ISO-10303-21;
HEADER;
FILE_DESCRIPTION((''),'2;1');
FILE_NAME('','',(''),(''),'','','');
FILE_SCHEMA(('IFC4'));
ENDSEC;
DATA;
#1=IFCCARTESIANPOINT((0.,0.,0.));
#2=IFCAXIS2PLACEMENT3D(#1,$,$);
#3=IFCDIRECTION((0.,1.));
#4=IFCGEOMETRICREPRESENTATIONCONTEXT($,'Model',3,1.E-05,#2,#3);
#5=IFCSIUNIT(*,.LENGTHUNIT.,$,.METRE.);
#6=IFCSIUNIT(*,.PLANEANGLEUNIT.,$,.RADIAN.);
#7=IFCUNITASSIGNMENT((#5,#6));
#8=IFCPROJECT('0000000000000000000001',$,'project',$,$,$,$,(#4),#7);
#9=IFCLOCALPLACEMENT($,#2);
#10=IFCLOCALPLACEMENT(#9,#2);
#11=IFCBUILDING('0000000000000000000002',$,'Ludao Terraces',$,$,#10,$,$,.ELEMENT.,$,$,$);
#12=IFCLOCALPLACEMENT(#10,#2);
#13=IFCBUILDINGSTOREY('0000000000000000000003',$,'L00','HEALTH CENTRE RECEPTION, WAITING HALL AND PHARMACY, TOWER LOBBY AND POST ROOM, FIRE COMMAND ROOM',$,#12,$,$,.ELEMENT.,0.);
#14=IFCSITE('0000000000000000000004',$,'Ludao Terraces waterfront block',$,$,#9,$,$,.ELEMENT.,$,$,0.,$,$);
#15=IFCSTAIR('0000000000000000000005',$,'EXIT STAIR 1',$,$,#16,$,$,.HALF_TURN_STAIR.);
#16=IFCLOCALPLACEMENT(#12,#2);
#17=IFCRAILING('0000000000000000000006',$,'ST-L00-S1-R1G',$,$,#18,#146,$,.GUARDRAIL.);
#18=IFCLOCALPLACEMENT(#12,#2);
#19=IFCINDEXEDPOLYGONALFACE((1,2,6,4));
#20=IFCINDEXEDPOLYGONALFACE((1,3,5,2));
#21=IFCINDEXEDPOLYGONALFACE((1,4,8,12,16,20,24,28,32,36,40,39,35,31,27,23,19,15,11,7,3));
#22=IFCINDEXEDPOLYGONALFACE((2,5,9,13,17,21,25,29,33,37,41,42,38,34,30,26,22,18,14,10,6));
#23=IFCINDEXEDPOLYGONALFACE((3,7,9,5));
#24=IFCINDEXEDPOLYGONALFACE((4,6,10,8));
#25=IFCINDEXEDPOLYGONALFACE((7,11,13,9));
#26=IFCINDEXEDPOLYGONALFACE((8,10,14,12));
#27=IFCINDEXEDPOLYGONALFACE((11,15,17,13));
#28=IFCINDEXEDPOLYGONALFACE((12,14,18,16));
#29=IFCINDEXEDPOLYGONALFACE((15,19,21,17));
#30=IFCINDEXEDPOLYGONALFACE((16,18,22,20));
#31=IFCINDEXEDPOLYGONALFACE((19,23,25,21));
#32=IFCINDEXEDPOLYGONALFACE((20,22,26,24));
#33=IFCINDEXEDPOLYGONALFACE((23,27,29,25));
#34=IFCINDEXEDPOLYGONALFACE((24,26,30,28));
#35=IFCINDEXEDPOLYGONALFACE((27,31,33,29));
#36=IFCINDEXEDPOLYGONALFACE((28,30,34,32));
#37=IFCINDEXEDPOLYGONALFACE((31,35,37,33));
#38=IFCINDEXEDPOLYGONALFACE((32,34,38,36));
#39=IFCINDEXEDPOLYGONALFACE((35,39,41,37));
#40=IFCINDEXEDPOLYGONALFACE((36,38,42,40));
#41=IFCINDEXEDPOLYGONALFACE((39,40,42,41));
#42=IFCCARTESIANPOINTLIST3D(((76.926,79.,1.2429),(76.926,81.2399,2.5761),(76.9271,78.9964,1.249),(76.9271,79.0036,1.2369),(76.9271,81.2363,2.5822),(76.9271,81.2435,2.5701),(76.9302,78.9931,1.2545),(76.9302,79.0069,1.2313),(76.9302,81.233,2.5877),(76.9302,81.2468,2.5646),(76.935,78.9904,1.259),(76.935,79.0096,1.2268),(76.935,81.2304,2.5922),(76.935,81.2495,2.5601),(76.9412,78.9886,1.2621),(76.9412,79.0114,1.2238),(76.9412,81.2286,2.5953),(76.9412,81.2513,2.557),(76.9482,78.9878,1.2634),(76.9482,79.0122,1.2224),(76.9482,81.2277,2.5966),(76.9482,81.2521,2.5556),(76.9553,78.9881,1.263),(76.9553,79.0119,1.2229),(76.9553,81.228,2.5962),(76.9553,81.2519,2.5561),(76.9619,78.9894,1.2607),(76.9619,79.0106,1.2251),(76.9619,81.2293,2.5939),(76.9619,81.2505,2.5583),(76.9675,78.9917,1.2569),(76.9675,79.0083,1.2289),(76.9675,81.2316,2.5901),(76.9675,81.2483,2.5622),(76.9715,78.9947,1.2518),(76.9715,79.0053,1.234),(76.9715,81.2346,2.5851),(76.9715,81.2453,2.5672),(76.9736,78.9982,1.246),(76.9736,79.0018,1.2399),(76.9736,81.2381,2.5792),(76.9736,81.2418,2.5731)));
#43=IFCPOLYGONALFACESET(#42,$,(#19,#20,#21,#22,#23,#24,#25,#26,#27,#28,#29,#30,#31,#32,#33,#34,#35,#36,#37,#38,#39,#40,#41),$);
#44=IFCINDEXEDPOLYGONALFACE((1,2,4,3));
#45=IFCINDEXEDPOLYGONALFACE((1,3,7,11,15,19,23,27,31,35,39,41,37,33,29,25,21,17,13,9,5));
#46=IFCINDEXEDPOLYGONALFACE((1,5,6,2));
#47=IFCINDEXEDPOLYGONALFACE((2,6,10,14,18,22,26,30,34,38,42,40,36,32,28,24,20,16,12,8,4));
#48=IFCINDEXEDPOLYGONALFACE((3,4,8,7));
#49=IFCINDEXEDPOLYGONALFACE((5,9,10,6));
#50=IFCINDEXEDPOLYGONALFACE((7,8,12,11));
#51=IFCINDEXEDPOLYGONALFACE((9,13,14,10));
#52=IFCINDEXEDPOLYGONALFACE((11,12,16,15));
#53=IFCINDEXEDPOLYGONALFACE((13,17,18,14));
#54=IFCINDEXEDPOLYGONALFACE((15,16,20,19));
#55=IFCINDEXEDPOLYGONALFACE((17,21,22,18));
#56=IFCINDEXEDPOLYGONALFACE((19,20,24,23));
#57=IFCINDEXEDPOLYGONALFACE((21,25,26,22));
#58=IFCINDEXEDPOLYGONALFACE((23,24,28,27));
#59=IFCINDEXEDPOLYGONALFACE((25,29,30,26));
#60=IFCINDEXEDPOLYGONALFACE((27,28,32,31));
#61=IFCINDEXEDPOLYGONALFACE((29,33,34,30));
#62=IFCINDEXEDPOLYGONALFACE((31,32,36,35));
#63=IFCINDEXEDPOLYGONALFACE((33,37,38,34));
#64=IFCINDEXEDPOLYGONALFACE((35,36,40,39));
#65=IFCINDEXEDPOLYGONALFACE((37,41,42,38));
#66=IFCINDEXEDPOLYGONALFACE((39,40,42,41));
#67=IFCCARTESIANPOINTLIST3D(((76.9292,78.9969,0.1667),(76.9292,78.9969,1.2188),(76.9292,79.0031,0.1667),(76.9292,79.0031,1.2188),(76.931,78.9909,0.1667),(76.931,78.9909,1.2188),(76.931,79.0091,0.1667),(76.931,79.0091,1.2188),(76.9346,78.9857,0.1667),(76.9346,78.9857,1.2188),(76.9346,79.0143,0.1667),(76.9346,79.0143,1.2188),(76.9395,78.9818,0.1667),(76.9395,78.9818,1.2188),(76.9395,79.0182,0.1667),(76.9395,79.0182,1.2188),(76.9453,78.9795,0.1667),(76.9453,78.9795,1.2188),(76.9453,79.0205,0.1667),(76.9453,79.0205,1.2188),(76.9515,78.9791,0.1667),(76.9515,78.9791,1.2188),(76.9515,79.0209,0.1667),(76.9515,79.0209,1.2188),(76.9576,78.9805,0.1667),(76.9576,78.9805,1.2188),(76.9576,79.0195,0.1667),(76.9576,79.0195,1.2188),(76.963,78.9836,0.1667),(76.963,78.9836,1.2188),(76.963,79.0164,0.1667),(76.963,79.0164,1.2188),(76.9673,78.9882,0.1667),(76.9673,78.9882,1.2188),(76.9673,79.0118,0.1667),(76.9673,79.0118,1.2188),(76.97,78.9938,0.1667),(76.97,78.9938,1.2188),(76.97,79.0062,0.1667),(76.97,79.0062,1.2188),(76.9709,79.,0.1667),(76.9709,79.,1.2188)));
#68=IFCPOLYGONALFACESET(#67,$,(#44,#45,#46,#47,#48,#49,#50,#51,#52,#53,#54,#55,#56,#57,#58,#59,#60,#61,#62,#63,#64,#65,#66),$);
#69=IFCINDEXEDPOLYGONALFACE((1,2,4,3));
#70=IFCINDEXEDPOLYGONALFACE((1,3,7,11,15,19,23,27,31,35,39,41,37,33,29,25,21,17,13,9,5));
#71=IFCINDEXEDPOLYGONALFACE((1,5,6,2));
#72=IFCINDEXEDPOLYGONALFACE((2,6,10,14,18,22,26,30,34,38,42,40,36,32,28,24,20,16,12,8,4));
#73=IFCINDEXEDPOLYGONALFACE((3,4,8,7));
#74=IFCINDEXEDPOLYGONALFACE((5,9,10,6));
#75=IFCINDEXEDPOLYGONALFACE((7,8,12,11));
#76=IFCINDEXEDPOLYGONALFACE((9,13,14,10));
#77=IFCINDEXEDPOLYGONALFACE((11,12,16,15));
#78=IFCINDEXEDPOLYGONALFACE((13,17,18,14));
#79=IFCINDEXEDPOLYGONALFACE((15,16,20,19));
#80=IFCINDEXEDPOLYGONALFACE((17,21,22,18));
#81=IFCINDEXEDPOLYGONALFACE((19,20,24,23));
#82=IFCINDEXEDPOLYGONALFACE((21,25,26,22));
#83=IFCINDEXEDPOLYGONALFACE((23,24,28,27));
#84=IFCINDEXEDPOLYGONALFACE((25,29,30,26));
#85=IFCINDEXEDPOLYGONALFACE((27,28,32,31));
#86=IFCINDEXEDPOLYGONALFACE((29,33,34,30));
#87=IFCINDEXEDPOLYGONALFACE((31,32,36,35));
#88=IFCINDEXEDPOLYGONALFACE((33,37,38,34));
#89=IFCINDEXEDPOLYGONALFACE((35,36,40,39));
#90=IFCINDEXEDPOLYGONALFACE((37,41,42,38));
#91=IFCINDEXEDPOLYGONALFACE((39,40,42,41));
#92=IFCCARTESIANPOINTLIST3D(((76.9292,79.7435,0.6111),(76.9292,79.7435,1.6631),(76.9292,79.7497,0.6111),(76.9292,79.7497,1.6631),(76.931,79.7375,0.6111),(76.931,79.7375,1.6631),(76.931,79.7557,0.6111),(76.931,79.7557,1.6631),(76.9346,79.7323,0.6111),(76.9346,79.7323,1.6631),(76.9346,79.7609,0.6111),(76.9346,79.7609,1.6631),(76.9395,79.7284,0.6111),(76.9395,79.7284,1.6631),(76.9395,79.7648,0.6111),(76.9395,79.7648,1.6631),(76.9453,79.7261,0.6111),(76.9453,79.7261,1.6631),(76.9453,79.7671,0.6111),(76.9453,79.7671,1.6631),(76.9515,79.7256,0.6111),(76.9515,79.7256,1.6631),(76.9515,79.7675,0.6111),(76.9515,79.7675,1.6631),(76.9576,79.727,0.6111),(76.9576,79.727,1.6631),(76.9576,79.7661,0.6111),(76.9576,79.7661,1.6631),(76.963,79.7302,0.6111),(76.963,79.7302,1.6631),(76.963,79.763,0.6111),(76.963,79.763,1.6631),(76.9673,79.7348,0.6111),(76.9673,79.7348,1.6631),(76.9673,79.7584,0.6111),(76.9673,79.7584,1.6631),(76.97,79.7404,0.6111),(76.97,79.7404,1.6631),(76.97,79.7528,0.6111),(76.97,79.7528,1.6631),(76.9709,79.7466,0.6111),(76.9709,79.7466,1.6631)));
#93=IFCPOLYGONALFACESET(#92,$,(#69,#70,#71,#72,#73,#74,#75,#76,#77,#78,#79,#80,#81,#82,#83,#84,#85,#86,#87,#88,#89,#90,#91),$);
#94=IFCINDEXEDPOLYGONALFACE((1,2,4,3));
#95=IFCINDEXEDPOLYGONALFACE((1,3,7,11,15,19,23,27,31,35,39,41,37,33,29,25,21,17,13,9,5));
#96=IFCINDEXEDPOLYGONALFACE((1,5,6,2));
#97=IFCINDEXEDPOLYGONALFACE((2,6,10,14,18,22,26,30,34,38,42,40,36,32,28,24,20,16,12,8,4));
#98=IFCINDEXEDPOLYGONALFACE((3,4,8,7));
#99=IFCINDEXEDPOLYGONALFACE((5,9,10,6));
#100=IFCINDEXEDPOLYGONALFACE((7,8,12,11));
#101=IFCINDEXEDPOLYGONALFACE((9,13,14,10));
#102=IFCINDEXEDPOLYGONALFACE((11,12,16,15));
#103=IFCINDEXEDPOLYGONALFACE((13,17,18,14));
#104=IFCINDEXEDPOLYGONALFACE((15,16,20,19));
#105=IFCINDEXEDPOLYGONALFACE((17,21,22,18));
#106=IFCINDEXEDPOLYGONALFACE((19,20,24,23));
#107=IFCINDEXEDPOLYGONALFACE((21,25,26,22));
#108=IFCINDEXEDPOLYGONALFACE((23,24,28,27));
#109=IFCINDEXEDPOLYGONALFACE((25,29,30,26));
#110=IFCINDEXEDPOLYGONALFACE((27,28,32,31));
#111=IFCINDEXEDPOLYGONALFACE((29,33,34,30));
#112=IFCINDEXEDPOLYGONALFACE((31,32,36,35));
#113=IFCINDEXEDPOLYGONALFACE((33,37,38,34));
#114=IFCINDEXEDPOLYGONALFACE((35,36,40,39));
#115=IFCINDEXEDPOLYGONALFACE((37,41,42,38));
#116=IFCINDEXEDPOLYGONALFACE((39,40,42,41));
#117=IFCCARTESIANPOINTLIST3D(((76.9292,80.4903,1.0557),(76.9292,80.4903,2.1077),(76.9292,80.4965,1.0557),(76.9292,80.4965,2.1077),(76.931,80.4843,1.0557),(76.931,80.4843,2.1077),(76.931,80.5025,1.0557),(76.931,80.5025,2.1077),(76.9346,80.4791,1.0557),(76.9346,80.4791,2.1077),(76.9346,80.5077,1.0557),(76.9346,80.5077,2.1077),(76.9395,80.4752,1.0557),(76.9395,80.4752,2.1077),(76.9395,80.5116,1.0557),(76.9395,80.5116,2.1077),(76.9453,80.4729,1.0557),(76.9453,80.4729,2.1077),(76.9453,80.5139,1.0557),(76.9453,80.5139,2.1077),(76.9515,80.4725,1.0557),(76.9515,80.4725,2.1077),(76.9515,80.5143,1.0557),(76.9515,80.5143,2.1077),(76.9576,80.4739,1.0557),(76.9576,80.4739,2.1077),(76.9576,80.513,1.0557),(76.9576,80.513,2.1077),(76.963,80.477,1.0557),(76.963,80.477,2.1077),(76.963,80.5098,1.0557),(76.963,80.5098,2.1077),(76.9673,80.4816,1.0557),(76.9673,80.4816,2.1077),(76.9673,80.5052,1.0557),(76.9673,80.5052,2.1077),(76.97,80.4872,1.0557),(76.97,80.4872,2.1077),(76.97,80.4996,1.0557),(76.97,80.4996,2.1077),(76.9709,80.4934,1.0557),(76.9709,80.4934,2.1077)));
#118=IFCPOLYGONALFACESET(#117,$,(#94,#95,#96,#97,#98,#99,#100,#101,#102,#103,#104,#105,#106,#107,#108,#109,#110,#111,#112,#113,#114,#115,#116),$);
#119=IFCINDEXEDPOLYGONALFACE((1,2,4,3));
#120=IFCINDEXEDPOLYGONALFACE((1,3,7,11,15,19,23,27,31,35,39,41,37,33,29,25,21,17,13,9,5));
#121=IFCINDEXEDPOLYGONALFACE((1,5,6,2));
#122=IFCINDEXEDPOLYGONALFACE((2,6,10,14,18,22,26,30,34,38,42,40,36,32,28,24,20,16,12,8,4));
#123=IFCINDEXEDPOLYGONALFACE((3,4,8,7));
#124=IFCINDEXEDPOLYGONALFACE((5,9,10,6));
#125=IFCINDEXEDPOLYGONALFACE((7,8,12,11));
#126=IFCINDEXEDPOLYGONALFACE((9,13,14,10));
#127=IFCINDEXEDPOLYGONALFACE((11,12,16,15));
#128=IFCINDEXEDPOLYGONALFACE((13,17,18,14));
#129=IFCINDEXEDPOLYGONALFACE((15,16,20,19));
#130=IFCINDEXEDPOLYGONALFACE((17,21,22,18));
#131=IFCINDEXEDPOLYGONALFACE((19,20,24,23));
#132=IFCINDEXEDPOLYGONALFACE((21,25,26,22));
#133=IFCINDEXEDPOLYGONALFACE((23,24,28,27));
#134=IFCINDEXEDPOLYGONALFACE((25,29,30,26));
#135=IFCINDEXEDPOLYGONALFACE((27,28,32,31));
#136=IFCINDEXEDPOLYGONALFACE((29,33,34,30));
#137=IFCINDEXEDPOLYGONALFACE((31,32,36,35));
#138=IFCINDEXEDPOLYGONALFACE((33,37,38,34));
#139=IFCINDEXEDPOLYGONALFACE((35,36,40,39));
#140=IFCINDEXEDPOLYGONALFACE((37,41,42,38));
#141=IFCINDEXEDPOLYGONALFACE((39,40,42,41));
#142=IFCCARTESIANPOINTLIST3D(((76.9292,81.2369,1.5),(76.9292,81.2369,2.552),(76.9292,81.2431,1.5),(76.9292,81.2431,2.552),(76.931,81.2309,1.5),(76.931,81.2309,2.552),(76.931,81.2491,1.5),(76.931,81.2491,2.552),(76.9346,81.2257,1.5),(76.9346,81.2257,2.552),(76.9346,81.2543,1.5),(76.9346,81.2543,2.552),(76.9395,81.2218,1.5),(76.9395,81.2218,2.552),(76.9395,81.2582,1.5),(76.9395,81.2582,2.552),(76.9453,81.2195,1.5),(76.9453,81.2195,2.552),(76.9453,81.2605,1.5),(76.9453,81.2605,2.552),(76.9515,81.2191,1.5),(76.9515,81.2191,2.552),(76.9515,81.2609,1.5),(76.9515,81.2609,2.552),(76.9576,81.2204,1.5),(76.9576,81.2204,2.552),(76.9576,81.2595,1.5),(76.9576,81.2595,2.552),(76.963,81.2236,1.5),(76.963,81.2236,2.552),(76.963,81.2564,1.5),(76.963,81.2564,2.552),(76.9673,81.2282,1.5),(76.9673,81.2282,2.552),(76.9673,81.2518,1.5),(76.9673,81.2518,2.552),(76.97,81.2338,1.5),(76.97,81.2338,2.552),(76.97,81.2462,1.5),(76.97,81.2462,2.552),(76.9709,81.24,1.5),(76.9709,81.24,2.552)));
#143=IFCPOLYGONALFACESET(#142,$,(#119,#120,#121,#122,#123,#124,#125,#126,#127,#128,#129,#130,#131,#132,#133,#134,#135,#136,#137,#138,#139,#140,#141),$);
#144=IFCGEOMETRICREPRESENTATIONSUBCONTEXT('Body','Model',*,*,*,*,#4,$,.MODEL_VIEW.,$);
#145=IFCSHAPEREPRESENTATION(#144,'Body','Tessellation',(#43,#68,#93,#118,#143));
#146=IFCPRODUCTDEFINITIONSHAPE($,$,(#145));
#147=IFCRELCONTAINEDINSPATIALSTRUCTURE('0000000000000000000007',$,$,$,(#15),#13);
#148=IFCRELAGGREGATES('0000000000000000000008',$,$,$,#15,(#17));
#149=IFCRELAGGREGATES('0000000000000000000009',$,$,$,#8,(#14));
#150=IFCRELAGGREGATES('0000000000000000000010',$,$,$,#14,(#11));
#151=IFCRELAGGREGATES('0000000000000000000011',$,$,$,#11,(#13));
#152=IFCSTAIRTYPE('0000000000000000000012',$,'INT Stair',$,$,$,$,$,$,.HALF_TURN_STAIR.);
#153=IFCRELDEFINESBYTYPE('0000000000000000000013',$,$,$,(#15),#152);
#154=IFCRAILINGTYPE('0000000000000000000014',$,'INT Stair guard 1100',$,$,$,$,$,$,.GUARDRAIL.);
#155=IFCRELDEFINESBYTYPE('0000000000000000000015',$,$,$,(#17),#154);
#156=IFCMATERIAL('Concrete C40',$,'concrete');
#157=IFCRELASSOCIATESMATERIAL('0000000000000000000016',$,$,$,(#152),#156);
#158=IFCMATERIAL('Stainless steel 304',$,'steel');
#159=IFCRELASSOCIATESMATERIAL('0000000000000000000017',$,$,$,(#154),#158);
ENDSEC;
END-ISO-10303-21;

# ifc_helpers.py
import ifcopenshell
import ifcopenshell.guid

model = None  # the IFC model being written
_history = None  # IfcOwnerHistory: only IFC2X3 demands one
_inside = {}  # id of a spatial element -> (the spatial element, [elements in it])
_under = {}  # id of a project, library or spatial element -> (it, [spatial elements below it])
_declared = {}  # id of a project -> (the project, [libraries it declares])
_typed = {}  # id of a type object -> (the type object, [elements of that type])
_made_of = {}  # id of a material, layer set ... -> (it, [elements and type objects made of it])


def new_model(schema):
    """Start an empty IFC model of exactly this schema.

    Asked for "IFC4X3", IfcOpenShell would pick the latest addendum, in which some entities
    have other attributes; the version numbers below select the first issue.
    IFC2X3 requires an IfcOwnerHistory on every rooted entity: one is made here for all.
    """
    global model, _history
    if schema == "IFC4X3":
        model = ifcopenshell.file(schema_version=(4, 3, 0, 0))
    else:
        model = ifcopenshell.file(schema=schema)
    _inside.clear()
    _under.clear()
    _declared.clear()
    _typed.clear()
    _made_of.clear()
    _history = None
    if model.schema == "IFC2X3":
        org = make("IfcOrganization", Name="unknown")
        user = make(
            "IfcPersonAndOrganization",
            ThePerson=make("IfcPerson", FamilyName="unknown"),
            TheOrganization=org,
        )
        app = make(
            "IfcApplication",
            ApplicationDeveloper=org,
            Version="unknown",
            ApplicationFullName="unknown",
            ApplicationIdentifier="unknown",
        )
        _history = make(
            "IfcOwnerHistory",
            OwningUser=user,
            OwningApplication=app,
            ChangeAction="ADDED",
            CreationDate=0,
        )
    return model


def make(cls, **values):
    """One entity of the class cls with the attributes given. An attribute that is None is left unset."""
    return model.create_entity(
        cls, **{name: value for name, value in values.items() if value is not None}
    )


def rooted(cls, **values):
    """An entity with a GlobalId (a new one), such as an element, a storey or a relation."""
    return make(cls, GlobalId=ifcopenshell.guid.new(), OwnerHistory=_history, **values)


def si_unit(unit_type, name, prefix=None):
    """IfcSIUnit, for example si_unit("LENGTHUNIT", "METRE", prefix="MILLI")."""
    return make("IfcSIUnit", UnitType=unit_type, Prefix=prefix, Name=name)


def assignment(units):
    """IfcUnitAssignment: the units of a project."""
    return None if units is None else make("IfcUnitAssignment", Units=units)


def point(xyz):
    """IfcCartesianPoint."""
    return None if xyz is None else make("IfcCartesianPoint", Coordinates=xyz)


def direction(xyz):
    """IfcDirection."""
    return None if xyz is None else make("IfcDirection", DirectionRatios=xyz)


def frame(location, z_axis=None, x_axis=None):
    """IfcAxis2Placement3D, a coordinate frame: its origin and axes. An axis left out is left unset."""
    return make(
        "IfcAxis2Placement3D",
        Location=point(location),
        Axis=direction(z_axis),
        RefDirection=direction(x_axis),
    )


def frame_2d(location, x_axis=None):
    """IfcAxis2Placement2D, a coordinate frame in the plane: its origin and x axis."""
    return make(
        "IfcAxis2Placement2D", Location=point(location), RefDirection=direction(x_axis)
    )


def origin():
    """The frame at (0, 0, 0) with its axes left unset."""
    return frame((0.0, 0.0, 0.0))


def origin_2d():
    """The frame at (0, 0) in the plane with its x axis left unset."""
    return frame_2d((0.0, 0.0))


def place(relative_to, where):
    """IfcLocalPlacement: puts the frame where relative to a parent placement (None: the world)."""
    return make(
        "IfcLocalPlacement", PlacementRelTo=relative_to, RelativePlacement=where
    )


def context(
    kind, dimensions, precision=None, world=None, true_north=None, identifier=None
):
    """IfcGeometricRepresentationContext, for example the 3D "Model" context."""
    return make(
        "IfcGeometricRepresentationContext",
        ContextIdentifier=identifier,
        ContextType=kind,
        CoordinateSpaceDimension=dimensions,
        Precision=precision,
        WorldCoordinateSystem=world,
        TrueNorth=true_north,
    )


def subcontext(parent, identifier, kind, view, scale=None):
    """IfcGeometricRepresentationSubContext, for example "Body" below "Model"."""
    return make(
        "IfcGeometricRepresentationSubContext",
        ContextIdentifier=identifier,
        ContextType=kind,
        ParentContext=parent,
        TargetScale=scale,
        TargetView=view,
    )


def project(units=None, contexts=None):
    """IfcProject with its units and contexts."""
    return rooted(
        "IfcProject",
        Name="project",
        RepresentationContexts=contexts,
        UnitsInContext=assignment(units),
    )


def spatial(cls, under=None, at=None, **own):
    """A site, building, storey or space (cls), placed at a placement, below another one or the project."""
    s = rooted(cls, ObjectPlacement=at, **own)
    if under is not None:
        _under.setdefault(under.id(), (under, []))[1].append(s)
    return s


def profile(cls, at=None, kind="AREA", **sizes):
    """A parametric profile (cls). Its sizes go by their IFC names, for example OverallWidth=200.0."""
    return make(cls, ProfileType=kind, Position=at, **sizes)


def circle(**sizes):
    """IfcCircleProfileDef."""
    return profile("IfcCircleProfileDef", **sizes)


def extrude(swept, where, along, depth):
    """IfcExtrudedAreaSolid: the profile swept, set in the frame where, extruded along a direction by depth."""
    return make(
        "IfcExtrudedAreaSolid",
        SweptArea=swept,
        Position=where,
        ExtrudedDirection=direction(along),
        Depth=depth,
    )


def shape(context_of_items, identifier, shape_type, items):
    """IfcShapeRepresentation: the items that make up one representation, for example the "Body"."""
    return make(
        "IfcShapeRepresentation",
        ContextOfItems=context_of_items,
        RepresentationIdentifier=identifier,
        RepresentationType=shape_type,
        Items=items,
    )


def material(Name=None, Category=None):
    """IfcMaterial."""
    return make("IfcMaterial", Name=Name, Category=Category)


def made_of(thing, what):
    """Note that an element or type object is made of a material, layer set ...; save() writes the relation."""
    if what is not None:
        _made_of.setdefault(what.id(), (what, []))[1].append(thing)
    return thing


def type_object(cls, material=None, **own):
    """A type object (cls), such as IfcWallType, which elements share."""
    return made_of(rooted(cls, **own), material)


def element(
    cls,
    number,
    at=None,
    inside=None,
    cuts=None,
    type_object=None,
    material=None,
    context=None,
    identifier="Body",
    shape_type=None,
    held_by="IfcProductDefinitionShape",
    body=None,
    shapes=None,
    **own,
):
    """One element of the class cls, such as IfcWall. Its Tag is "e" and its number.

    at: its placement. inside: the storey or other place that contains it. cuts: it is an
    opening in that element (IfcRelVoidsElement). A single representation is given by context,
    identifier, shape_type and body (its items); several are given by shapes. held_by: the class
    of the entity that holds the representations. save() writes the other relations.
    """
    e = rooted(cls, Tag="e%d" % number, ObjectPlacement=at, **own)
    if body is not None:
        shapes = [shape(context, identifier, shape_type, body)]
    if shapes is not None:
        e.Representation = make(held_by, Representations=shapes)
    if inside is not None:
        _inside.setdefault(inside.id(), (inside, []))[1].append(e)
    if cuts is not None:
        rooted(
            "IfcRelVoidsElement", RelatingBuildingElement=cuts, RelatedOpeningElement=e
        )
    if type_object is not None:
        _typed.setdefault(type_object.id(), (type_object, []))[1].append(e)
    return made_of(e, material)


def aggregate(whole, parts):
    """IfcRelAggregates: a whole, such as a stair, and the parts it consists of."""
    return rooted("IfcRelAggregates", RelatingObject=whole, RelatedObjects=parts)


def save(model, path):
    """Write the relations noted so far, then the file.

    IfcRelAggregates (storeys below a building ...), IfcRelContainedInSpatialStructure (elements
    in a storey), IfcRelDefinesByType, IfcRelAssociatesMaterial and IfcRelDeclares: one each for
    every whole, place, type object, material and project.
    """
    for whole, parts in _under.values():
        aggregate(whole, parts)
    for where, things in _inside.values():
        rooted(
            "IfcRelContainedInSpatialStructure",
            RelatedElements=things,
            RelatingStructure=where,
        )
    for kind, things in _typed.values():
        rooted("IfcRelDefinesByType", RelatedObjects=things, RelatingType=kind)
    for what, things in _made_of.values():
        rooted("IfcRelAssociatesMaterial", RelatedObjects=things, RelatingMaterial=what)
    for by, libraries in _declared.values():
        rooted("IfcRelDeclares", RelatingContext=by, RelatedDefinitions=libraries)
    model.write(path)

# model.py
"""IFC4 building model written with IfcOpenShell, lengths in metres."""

from ifc_helpers import new_model, si_unit, direction, frame, origin, origin_2d, place, context, subcontext, project, spatial, circle, extrude, material, type_object, element, aggregate, save


model = new_model("IFC4")

# Units and contexts
model_context = context("Model", 3, precision=1e-05, world=origin(), true_north=direction((0.0, 1.0)))
body_context = subcontext(model_context, "Body", "Model", "MODEL_VIEW")
ifc_project = project(units=[si_unit("LENGTHUNIT", "METRE"), si_unit("PLANEANGLEUNIT", "RADIAN")], contexts=[model_context])

# Site, building, storey
site_placement = place(None, origin())
site = spatial("IfcSite", under=ifc_project, at=site_placement, Name="Ludao Terraces waterfront block", CompositionType="ELEMENT", RefElevation=0.0)
building_placement = place(site_placement, origin())
building = spatial("IfcBuilding", under=site, at=building_placement, Name="Ludao Terraces", CompositionType="ELEMENT")
storey_placement = place(building_placement, origin())
storey = spatial("IfcBuildingStorey", under=building, at=storey_placement, Name="L00", Description="HEALTH CENTRE RECEPTION, WAITING HALL AND PHARMACY, TOWER LOBBY AND POST ROOM, FIRE COMMAND ROOM", CompositionType="ELEMENT", Elevation=0.0)

# Shared definitions
ifc_material_1 = material(Name="Concrete C40", Category="concrete")

# Stair, railing
stair_type = type_object("IfcStairType", Name="INT Stair", PredefinedType="HALF_TURN_STAIR", material=ifc_material_1)
stair_placement = place(storey_placement, origin())
stair = element("IfcStair", 1, at=stair_placement, inside=storey, type_object=stair_type, Name="EXIT STAIR 1", PredefinedType="HALF_TURN_STAIR")
ifc_material_2 = material(Name="Stainless steel 304", Category="steel")
railing_type_1 = type_object("IfcRailingType", Name="INT Stair guard 1100", PredefinedType="GUARDRAIL", material=ifc_material_2)
railing_1_placement = place(storey_placement, frame((76.95, 79.0, 0.1667)))
railing_1 = element("IfcRailing", 2, at=railing_1_placement, type_object=railing_type_1, Name="ST-L00-S1-R1G", PredefinedType="GUARDRAIL", context=body_context, shape_type="SweptSolid", body=[
    extrude(circle(Radius=0.0239, at=origin_2d()), frame((0.0, 0.0, 1.0762), z_axis=(0.0, 0.859306, 0.511462), x_axis=(-1.0, 0.0, 0.0)), (0.0, 0.0, 1.0), 2.6067),
    extrude(circle(Radius=0.021, at=origin_2d()), origin(), (0.0, 0.0, 1.0), 1.052),
    extrude(circle(Radius=0.021, at=origin_2d()), frame((0.0, 0.7466, 0.4443)), (0.0, 0.0, 1.0), 1.052),
    extrude(circle(Radius=0.021, at=origin_2d()), frame((0.0, 1.4934, 0.8889)), (0.0, 0.0, 1.0), 1.052),
    extrude(circle(Radius=0.021, at=origin_2d()), frame((0.0, 2.24, 1.3333)), (0.0, 0.0, 1.0), 1.052),
])
aggregate(stair, [railing_1])

save(model, "model.ifc")
